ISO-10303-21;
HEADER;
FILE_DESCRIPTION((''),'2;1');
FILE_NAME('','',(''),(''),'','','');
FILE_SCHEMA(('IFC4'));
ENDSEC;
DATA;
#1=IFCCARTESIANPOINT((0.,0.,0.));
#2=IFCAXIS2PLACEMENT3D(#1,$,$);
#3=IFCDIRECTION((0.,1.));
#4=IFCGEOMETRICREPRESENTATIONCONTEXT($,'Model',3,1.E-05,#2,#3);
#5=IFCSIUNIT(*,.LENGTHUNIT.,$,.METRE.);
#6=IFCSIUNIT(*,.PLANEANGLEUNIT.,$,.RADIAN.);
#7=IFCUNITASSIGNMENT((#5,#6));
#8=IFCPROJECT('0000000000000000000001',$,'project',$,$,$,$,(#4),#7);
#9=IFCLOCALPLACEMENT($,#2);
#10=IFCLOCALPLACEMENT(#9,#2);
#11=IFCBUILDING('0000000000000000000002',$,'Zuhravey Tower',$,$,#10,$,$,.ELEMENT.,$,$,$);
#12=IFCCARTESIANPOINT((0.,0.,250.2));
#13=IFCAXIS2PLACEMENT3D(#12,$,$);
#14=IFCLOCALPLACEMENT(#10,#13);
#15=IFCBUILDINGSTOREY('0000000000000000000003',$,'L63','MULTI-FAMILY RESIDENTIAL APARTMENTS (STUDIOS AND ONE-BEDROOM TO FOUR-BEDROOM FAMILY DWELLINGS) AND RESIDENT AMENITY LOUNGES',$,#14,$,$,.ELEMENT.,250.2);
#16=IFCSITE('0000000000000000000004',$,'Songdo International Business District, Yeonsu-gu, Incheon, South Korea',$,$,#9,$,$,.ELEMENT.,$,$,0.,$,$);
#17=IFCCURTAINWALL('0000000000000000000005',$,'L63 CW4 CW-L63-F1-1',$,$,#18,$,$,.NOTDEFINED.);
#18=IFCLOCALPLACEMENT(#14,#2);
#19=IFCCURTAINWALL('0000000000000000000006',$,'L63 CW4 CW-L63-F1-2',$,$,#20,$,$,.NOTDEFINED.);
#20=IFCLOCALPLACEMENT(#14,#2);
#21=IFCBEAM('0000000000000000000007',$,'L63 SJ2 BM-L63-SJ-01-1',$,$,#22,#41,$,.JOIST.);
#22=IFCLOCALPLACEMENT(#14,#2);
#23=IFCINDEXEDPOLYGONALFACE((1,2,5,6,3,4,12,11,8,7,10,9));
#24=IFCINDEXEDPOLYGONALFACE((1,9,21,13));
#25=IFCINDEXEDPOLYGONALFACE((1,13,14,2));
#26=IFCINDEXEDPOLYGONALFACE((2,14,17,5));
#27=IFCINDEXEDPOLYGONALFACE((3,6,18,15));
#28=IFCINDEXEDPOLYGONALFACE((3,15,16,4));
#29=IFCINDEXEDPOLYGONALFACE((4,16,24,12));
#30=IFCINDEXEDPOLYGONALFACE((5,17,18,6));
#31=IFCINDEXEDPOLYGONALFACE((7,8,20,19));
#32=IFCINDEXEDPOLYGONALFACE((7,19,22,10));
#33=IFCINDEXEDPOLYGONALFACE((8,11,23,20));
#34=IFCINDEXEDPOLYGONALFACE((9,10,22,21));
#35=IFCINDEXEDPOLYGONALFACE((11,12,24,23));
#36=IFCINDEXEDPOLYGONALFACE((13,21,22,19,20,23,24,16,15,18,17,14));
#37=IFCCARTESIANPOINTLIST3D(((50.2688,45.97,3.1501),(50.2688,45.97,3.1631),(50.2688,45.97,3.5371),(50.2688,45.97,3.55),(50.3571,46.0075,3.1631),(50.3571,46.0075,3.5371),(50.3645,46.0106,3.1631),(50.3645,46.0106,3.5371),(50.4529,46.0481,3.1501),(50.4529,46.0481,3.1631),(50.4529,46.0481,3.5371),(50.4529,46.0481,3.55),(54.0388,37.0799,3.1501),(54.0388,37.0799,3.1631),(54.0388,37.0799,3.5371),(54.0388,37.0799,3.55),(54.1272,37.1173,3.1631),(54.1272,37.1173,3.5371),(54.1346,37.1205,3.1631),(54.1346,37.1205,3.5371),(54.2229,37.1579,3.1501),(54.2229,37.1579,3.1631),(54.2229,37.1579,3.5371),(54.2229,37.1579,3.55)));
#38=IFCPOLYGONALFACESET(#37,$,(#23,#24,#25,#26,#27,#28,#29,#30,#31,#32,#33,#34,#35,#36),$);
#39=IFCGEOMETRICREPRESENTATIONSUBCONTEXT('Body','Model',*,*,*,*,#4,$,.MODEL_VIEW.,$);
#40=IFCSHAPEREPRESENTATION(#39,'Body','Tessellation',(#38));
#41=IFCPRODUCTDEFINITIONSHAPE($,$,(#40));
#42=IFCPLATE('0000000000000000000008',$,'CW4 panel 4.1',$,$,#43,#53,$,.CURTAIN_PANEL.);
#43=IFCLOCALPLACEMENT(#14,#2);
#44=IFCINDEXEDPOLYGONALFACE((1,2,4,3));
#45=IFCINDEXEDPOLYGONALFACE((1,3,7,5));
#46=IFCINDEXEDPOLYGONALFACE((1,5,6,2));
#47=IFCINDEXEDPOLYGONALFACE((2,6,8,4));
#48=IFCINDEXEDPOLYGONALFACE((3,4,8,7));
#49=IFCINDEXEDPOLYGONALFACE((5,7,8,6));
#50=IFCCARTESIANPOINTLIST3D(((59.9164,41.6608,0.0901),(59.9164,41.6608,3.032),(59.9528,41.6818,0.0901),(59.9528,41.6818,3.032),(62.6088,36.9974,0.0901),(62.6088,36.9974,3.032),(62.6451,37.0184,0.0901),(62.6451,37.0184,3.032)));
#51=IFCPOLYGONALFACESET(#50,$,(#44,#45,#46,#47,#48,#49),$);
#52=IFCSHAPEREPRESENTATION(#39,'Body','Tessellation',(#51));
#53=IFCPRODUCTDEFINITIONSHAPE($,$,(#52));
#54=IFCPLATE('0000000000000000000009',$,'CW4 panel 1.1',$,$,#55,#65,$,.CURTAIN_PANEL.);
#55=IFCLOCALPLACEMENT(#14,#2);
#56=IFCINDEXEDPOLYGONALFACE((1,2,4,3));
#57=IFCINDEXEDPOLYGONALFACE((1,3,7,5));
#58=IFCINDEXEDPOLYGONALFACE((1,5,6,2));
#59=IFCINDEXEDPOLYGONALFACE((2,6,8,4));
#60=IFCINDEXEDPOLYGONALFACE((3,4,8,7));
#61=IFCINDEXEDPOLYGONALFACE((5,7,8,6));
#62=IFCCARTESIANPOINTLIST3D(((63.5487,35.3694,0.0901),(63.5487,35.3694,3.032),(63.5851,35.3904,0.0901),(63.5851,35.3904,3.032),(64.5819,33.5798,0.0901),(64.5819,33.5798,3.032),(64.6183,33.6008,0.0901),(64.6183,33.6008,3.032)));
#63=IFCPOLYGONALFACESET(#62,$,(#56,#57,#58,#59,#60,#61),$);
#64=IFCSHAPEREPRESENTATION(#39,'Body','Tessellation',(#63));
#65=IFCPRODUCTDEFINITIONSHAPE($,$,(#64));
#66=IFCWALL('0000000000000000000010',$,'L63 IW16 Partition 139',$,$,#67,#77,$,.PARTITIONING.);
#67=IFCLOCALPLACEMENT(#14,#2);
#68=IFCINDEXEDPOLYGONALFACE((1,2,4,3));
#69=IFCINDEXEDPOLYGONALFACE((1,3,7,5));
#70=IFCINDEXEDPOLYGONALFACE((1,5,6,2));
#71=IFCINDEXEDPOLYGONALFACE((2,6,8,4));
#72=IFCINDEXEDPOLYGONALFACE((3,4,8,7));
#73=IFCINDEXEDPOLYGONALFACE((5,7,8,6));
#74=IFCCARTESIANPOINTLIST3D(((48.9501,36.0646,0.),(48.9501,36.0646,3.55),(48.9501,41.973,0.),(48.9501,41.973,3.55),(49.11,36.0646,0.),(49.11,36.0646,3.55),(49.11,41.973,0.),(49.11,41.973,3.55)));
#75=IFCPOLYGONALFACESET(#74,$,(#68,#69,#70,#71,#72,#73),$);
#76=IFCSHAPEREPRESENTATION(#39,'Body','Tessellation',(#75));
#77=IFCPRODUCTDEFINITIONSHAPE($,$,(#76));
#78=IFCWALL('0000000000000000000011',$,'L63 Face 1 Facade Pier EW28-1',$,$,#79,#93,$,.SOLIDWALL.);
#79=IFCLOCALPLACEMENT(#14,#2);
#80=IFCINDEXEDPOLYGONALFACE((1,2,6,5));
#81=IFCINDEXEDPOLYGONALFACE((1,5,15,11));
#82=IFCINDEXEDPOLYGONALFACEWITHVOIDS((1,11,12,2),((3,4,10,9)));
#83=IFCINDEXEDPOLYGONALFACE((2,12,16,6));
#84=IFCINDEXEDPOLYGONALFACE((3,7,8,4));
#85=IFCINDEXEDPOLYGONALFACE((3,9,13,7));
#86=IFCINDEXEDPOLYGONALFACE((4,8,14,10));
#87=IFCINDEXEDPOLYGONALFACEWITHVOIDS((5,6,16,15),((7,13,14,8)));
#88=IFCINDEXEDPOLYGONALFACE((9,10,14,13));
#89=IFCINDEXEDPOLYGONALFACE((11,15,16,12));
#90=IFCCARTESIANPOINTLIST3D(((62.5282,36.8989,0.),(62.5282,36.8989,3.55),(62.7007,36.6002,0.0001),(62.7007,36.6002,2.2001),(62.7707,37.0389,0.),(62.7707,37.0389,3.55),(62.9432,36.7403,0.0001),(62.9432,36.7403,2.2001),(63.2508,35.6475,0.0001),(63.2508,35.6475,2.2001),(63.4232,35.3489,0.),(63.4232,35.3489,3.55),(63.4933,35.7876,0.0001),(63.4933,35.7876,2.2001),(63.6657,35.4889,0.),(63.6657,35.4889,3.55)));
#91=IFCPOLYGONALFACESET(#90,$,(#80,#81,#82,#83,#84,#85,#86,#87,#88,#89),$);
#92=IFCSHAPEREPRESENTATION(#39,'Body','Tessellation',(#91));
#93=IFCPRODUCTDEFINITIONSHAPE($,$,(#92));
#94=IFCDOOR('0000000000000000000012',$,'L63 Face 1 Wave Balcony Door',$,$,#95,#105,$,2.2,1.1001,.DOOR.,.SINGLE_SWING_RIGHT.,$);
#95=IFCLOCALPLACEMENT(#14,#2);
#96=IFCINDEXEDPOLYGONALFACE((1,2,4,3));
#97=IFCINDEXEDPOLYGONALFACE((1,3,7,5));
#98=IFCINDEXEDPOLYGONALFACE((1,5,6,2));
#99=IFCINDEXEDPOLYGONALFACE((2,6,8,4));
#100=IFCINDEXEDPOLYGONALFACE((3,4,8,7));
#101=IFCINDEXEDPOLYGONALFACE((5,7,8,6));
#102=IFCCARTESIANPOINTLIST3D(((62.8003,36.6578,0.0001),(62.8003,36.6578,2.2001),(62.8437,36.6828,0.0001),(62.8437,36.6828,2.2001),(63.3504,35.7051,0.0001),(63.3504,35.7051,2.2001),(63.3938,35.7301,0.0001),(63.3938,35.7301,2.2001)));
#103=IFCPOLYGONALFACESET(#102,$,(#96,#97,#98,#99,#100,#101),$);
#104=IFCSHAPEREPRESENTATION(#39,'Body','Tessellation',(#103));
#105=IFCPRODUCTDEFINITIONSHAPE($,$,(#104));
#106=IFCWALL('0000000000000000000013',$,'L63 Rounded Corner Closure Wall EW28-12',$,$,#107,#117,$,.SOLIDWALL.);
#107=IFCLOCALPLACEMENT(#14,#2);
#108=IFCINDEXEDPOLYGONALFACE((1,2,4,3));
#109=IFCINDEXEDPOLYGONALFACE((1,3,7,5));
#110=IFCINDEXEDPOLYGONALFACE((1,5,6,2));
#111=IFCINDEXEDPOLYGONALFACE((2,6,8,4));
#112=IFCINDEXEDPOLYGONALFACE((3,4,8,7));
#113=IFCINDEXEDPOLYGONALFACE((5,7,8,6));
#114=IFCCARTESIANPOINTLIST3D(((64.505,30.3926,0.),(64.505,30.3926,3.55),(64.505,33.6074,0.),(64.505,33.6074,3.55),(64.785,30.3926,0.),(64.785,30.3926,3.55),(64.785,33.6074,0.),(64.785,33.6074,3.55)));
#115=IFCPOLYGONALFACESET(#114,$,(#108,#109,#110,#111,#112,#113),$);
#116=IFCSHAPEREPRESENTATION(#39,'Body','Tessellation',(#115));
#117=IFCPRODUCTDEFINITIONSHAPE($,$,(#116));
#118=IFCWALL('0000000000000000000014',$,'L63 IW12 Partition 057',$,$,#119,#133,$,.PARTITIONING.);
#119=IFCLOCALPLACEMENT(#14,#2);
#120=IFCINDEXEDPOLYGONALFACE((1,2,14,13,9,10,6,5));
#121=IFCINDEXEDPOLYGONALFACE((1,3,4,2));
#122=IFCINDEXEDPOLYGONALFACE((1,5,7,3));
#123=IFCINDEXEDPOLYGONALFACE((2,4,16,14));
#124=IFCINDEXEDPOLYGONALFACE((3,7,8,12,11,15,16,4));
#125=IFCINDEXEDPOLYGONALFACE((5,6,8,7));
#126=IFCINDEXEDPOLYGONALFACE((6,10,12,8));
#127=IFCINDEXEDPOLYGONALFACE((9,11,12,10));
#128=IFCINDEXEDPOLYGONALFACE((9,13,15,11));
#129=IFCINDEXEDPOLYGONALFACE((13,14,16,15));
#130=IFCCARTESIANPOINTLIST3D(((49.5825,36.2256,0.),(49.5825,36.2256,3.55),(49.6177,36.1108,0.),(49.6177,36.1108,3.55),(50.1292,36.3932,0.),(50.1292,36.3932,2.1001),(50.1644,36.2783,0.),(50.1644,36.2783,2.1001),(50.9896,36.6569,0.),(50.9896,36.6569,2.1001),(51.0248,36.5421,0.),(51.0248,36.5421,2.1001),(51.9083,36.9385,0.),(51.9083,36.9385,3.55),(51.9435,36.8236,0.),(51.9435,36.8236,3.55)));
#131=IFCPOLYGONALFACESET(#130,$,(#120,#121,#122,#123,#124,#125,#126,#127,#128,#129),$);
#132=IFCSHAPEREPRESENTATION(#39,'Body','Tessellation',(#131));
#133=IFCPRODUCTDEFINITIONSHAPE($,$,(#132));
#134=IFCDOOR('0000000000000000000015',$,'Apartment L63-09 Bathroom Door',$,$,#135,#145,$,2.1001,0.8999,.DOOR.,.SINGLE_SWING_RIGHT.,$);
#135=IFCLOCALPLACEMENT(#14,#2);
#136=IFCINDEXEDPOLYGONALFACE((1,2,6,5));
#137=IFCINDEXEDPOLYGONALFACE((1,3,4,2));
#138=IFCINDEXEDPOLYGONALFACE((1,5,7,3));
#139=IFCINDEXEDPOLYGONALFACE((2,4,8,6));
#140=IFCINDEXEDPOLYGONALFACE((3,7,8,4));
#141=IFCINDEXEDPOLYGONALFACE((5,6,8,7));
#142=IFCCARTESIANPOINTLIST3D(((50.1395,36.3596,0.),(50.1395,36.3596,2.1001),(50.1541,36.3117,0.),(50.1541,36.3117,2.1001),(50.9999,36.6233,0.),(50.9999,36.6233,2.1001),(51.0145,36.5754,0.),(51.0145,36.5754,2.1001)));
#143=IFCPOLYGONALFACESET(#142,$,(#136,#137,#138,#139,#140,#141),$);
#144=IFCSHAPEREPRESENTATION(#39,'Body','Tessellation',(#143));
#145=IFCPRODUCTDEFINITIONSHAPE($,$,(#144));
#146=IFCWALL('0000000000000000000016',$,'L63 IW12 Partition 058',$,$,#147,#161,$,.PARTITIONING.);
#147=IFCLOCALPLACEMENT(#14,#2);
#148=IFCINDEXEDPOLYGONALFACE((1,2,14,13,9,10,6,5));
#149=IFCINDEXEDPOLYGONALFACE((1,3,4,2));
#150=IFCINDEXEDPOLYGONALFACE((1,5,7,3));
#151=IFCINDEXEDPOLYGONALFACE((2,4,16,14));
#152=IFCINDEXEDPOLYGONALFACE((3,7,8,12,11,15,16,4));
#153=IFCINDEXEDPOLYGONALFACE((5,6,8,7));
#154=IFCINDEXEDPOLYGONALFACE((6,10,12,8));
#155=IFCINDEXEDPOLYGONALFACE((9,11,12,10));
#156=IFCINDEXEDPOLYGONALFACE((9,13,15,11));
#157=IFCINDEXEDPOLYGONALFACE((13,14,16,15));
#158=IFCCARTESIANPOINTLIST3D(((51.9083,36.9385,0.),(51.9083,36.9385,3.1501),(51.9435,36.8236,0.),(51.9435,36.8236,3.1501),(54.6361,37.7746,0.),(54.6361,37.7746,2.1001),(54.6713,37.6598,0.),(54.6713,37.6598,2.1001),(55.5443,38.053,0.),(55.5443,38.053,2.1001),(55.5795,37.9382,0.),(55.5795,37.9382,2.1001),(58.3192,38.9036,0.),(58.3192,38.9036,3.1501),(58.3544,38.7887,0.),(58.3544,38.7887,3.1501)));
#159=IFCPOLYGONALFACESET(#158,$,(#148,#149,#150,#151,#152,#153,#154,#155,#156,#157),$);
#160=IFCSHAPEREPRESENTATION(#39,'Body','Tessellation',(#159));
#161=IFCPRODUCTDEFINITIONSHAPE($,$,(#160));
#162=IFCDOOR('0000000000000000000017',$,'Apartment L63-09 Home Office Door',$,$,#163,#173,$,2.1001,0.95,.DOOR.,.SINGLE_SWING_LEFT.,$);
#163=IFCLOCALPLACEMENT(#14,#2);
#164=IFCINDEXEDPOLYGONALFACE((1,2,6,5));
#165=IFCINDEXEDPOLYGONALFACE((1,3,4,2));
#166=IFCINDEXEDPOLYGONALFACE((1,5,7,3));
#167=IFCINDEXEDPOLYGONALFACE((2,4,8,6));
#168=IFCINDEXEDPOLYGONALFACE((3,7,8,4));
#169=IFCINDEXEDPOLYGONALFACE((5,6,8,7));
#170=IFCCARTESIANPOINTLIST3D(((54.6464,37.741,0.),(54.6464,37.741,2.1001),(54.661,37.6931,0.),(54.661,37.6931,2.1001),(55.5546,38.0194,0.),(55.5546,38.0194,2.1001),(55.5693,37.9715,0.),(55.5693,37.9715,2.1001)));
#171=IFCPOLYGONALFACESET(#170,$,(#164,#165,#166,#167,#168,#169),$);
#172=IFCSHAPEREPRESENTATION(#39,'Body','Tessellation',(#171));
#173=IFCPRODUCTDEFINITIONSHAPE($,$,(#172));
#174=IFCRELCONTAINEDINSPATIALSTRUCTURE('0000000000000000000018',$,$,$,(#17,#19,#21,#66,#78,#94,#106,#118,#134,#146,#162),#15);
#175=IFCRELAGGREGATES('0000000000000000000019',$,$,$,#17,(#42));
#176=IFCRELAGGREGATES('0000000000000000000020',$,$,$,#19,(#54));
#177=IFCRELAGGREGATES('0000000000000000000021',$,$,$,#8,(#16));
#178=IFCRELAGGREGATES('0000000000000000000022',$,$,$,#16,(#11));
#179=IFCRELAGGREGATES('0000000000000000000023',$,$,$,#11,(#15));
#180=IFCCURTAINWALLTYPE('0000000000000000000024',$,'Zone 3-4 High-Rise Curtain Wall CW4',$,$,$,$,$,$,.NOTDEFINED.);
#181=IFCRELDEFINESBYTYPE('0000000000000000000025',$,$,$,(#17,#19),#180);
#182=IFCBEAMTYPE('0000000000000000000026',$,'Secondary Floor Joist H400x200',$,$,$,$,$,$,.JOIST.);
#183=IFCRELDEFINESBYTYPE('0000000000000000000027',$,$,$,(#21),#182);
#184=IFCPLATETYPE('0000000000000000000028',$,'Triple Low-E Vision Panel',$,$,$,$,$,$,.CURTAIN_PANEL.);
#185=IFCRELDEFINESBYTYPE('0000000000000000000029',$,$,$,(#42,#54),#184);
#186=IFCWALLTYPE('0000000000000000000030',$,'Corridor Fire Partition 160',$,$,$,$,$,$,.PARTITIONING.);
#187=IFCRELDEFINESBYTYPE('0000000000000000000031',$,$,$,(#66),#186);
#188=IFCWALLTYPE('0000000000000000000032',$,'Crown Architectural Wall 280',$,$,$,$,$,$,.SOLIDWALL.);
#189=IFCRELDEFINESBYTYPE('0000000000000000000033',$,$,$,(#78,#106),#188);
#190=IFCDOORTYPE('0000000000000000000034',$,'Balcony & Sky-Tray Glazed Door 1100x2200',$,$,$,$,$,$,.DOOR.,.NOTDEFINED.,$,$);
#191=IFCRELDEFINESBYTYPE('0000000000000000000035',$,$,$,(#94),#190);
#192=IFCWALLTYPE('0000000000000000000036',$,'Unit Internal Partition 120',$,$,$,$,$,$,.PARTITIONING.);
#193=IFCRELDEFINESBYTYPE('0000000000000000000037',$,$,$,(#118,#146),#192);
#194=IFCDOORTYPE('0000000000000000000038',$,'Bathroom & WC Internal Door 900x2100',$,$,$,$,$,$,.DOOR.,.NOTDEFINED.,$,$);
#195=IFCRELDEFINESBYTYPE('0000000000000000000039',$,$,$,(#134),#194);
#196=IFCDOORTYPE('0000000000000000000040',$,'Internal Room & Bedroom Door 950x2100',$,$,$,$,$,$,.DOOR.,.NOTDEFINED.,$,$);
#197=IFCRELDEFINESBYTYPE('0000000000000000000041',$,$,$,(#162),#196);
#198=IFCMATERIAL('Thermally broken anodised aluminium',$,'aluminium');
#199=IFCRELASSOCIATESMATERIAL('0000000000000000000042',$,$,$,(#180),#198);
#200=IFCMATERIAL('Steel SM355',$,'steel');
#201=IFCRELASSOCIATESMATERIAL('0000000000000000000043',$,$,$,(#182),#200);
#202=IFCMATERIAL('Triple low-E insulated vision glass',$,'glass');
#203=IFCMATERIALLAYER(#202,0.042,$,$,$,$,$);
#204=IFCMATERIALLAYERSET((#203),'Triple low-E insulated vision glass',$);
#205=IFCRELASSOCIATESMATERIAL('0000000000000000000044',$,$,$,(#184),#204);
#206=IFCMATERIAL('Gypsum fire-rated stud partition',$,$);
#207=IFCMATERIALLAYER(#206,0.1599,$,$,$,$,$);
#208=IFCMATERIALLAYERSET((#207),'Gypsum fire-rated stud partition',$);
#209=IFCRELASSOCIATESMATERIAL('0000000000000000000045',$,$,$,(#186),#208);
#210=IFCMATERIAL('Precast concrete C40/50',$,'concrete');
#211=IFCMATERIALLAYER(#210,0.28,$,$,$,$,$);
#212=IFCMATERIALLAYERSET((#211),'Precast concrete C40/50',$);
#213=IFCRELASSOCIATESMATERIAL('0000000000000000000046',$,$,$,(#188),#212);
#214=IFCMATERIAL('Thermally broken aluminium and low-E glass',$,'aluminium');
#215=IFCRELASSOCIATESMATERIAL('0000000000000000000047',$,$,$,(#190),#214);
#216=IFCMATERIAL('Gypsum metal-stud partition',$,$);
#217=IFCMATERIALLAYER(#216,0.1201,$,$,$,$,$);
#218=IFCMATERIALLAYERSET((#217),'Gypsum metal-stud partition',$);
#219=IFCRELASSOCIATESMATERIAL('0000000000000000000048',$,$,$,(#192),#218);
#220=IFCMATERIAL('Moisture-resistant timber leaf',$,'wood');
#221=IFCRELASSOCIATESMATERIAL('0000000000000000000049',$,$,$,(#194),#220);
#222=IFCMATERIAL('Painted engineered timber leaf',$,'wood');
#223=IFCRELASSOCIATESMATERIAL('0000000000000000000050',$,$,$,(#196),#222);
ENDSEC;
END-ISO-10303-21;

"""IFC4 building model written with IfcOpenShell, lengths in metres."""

from ifc_helpers import new_model, si_unit, direction, frame, frame_2d, origin, origin_2d, place, context, subcontext, project, spatial, rectangle, i_section, extrude, material, layer, layer_set, material_profile, profile_set, type_object, element, fill, aggregate, save


model = new_model("IFC4")

# Units and contexts
model_context = context("Model", 3, precision=1e-05, world=origin(), true_north=direction((0.0, 1.0)))
body_context = subcontext(model_context, "Body", "Model", "MODEL_VIEW")
ifc_project = project(units=[si_unit("LENGTHUNIT", "METRE"), si_unit("PLANEANGLEUNIT", "RADIAN")], contexts=[model_context])

# Site, building, storey
site_placement = place(None, origin())
site = spatial("IfcSite", under=ifc_project, at=site_placement, Name="Songdo International Business District, Yeonsu-gu, Incheon, South Korea", CompositionType="ELEMENT", RefElevation=0.0)
building_placement = place(site_placement, origin())
building = spatial("IfcBuilding", under=site, at=building_placement, Name="Zuhravey Tower", CompositionType="ELEMENT")
storey_placement = place(building_placement, frame((0.0, 0.0, 250.2)))
storey = spatial("IfcBuildingStorey", under=building, at=storey_placement, Name="L63", Description="MULTI-FAMILY RESIDENTIAL APARTMENTS (STUDIOS AND ONE-BEDROOM TO FOUR-BEDROOM FAMILY DWELLINGS) AND RESIDENT AMENITY LOUNGES", CompositionType="ELEMENT", Elevation=250.2)

# Curtain wall
ifc_material_1 = material(Name="Thermally broken anodised aluminium", Category="aluminium")
curtain_wall_type = type_object("IfcCurtainWallType", Name="Zone 3-4 High-Rise Curtain Wall CW4", PredefinedType="NOTDEFINED", material=ifc_material_1)
curtain_wall_1_placement = place(storey_placement, origin())
curtain_wall_1 = element("IfcCurtainWall", 1, at=curtain_wall_1_placement, inside=storey, type_object=curtain_wall_type, Name="L63 CW4 CW-L63-F1-1", PredefinedType="NOTDEFINED")

# Curtain wall
curtain_wall_2_placement = place(storey_placement, origin())
curtain_wall_2 = element("IfcCurtainWall", 2, at=curtain_wall_2_placement, inside=storey, type_object=curtain_wall_type, Name="L63 CW4 CW-L63-F1-2", PredefinedType="NOTDEFINED")

# Beam
ifc_material_2 = material(Name="Steel SM355", Category="steel")
ifc_material_profile_1 = material_profile(ifc_material_2, i_section(OverallWidth=0.2, OverallDepth=0.3999, WebThickness=0.0081, FlangeThickness=0.0129, at=origin_2d()), Name="H-400x200x8x13")
ifc_profile_set_1 = profile_set([ifc_material_profile_1], Name="Steel SM355")
beam_type_1 = type_object("IfcBeamType", Name="Secondary Floor Joist H400x200", PredefinedType="JOIST", material=ifc_profile_set_1)
beam_1_placement = place(storey_placement, frame((54.1309, 37.1189, 3.3501), z_axis=(-0.390413, 0.92064, 0.0), x_axis=(-0.92064, -0.390413, 0.0)))
element("IfcBeam", 3, at=beam_1_placement, inside=storey, type_object=beam_type_1, Name="L63 SJ2 BM-L63-SJ-01-1", PredefinedType="JOIST", context=body_context, shape_type="SweptSolid", body=[
    extrude(i_section(OverallWidth=0.2, OverallDepth=0.3999, WebThickness=0.0081, FlangeThickness=0.0129, at=origin_2d()), origin(), (0.0, 0.0, 1.0), 9.6565),
])

# Plates
ifc_material_3 = material(Name="Triple low-E insulated vision glass", Category="glass")
ifc_layer_1 = layer(ifc_material_3, 0.042)
ifc_layer_set_1 = layer_set([ifc_layer_1], Name="Triple low-E insulated vision glass")
plate_type = type_object("IfcPlateType", Name="Triple Low-E Vision Panel", PredefinedType="CURTAIN_PANEL", material=ifc_layer_set_1)
plate_1_placement = place(storey_placement, frame((61.2808, 39.3396, 0.0901), z_axis=(0.0, 0.0, 1.0), x_axis=(0.5, -0.866026, 0.0)))
plate_1 = element("IfcPlate", 4, at=plate_1_placement, type_object=plate_type, Name="CW4 panel 4.1", PredefinedType="CURTAIN_PANEL", context=body_context, shape_type="SweptSolid", body=[
    extrude(rectangle(XDim=5.3848, YDim=0.042, at=origin_2d()), origin(), (0.0, 0.0, 1.0), 2.9419),
])
aggregate(curtain_wall_1, [plate_1])
plate_2_placement = place(storey_placement, frame((64.0835, 34.4851, 0.0901), z_axis=(0.0, 0.0, 1.0), x_axis=(0.500008, -0.866021, 0.0)))
plate_2 = element("IfcPlate", 5, at=plate_2_placement, type_object=plate_type, Name="CW4 panel 1.1", PredefinedType="CURTAIN_PANEL", context=body_context, shape_type="SweptSolid", body=[
    extrude(rectangle(XDim=2.0664, YDim=0.042, at=origin_2d()), origin(), (0.0, 0.0, 1.0), 2.9419),
])
aggregate(curtain_wall_2, [plate_2])

# Wall
ifc_material_4 = material(Name="Gypsum fire-rated stud partition")
ifc_layer_2 = layer(ifc_material_4, 0.1599)
ifc_layer_set_2 = layer_set([ifc_layer_2], Name="Gypsum fire-rated stud partition")
wall_type_1 = type_object("IfcWallType", Name="Corridor Fire Partition 160", PredefinedType="PARTITIONING", material=ifc_layer_set_2)
wall_1_placement = place(storey_placement, frame((49.03, 36.0647, 0.0), z_axis=(0.0, 0.0, 1.0), x_axis=(0.0, 1.0, 0.0)))
element("IfcWall", 6, at=wall_1_placement, inside=storey, type_object=wall_type_1, Name="L63 IW16 Partition 139", PredefinedType="PARTITIONING", context=body_context, shape_type="SweptSolid", body=[
    extrude(rectangle(XDim=5.9084, YDim=0.1599, at=frame_2d((2.9541, 0.0))), origin(), (0.0, 0.0, 1.0), 3.55),
])

# Wall, opening, door
ifc_material_5 = material(Name="Precast concrete C40/50", Category="concrete")
ifc_layer_3 = layer(ifc_material_5, 0.28)
ifc_layer_set_3 = layer_set([ifc_layer_3], Name="Precast concrete C40/50")
wall_type_2 = type_object("IfcWallType", Name="Crown Architectural Wall 280", PredefinedType="SOLIDWALL", material=ifc_layer_set_3)
wall_2_placement = place(storey_placement, frame((62.6494, 36.969, 0.0), z_axis=(0.0, 0.0, 1.0), x_axis=(0.500041, -0.866002, 0.0)))
wall_2 = element("IfcWall", 7, at=wall_2_placement, inside=storey, type_object=wall_type_2, Name="L63 Face 1 Facade Pier EW28-1", PredefinedType="SOLIDWALL", context=body_context, shape_type="SweptSolid", body=[
    extrude(rectangle(XDim=1.7898, YDim=0.28, at=frame_2d((0.895, 0.0))), origin(), (0.0, 0.0, 1.0), 3.55),
])
opening_1_placement = place(wall_2_placement, frame((0.345, 0.0, 0.0)))
opening_1 = element("IfcOpeningElement", 8, at=opening_1_placement, cuts=wall_2, PredefinedType="OPENING", context=body_context, shape_type="SweptSolid", body=[
    extrude(rectangle(XDim=1.1001, YDim=2.2, at=frame_2d((0.55, 1.1001))), frame((0.0, 0.1521, 0.0), z_axis=(0.0, -1.0, 0.0), x_axis=(1.0, 0.0, 0.0)), (0.0, 0.0, 1.0), 0.304),
])
ifc_material_6 = material(Name="Thermally broken aluminium and low-E glass", Category="aluminium")
door_type_1 = type_object("IfcDoorType", Name="Balcony & Sky-Tray Glazed Door 1100x2200", OperationType="NOTDEFINED", PredefinedType="DOOR", material=ifc_material_6)
door_1_placement = place(opening_1_placement, frame((1.1001, 0.0, 0.0), z_axis=(0.0, 0.0, 1.0), x_axis=(-1.0, 0.0, 0.0)))
door_1 = element("IfcDoor", 9, at=door_1_placement, inside=storey, type_object=door_type_1, Name="L63 Face 1 Wave Balcony Door", OperationType="SINGLE_SWING_RIGHT", OverallHeight=2.2, OverallWidth=1.1001, PredefinedType="DOOR", context=body_context, shape_type="SweptSolid", body=[
    extrude(rectangle(XDim=1.1001, YDim=2.2, at=frame_2d((0.55, 1.1001))), frame((0.0, 0.0249, 0.0), z_axis=(0.0, -1.0, 0.0), x_axis=(1.0, 0.0, 0.0)), (0.0, 0.0, 1.0), 0.05),
])
fill(opening_1, door_1)

# Wall
wall_3_placement = place(storey_placement, frame((64.645, 33.6074, 0.0), z_axis=(0.0, 0.0, 1.0), x_axis=(0.0, -1.0, 0.0)))
element("IfcWall", 10, at=wall_3_placement, inside=storey, type_object=wall_type_2, Name="L63 Rounded Corner Closure Wall EW28-12", PredefinedType="SOLIDWALL", context=body_context, shape_type="SweptSolid", body=[
    extrude(rectangle(XDim=3.2148, YDim=0.28, at=frame_2d((1.6074, 0.0))), origin(), (0.0, 0.0, 1.0), 3.55),
])

# Walls, openings, doors
ifc_material_7 = material(Name="Gypsum metal-stud partition")
ifc_layer_4 = layer(ifc_material_7, 0.1201)
ifc_layer_set_4 = layer_set([ifc_layer_4], Name="Gypsum metal-stud partition")
wall_type_3 = type_object("IfcWallType", Name="Unit Internal Partition 120", PredefinedType="PARTITIONING", material=ifc_layer_set_4)
wall_4_placement = place(storey_placement, frame((49.6001, 36.1682, 0.0), z_axis=(0.0, 0.0, 1.0), x_axis=(0.9561, 0.293042, 0.0)))
wall_4 = element("IfcWall", 11, at=wall_4_placement, inside=storey, type_object=wall_type_3, Name="L63 IW12 Partition 057", PredefinedType="PARTITIONING", context=body_context, shape_type="SweptSolid", body=[
    extrude(rectangle(XDim=2.4326, YDim=0.1201, at=frame_2d((1.2163, 0.0))), origin(), (0.0, 0.0, 1.0), 3.55),
])
opening_2_placement = place(wall_4_placement, frame((0.5718, 0.0, 0.0)))
opening_2 = element("IfcOpeningElement", 12, at=opening_2_placement, cuts=wall_4, PredefinedType="OPENING", context=body_context, shape_type="SweptSolid", body=[
    extrude(rectangle(XDim=0.8999, YDim=2.1001, at=frame_2d((0.45, 1.05))), frame((0.0, 0.072, 0.0), z_axis=(0.0, -1.0, 0.0), x_axis=(1.0, 0.0, 0.0)), (0.0, 0.0, 1.0), 0.144),
])
ifc_material_8 = material(Name="Moisture-resistant timber leaf", Category="wood")
door_type_2 = type_object("IfcDoorType", Name="Bathroom & WC Internal Door 900x2100", OperationType="NOTDEFINED", PredefinedType="DOOR", material=ifc_material_8)
door_2_placement = place(opening_2_placement, origin())
door_2 = element("IfcDoor", 13, at=door_2_placement, inside=storey, type_object=door_type_2, Name="Apartment L63-09 Bathroom Door", OperationType="SINGLE_SWING_RIGHT", OverallHeight=2.1001, OverallWidth=0.8999, PredefinedType="DOOR", context=body_context, shape_type="SweptSolid", body=[
    extrude(rectangle(XDim=0.8999, YDim=2.1001, at=frame_2d((0.45, 1.05))), frame((0.0, 0.0249, 0.0), z_axis=(0.0, -1.0, 0.0), x_axis=(1.0, 0.0, 0.0)), (0.0, 0.0, 1.0), 0.05),
])
fill(opening_2, door_2)
wall_5_placement = place(storey_placement, frame((51.926, 36.8811, 0.0), z_axis=(0.0, 0.0, 1.0), x_axis=(0.956093, 0.293065, 0.0)))
wall_5 = element("IfcWall", 14, at=wall_5_placement, inside=storey, type_object=wall_type_3, Name="L63 IW12 Partition 058", PredefinedType="PARTITIONING", context=body_context, shape_type="SweptSolid", body=[
    extrude(rectangle(XDim=6.7053, YDim=0.1201, at=frame_2d((3.3525, 0.0))), origin(), (0.0, 0.0, 1.0), 3.1501),
])
opening_3_placement = place(wall_5_placement, frame((2.8528, 0.0, 0.0)))
opening_3 = element("IfcOpeningElement", 15, at=opening_3_placement, cuts=wall_5, PredefinedType="OPENING", context=body_context, shape_type="SweptSolid", body=[
    extrude(rectangle(XDim=0.95, YDim=2.1001, at=frame_2d((0.4751, 1.05))), frame((0.0, 0.072, 0.0), z_axis=(0.0, -1.0, 0.0), x_axis=(1.0, 0.0, 0.0)), (0.0, 0.0, 1.0), 0.144),
])
ifc_material_9 = material(Name="Painted engineered timber leaf", Category="wood")
door_type_3 = type_object("IfcDoorType", Name="Internal Room & Bedroom Door 950x2100", OperationType="NOTDEFINED", PredefinedType="DOOR", material=ifc_material_9)
door_3_placement = place(opening_3_placement, origin())
door_3 = element("IfcDoor", 16, at=door_3_placement, inside=storey, type_object=door_type_3, Name="Apartment L63-09 Home Office Door", OperationType="SINGLE_SWING_LEFT", OverallHeight=2.1001, OverallWidth=0.95, PredefinedType="DOOR", context=body_context, shape_type="SweptSolid", body=[
    extrude(rectangle(XDim=0.95, YDim=2.1001, at=frame_2d((0.4751, 1.05))), frame((0.0, 0.0249, 0.0), z_axis=(0.0, -1.0, 0.0), x_axis=(1.0, 0.0, 0.0)), (0.0, 0.0, 1.0), 0.05),
])
fill(opening_3, door_3)

save(model, "model.ifc")
